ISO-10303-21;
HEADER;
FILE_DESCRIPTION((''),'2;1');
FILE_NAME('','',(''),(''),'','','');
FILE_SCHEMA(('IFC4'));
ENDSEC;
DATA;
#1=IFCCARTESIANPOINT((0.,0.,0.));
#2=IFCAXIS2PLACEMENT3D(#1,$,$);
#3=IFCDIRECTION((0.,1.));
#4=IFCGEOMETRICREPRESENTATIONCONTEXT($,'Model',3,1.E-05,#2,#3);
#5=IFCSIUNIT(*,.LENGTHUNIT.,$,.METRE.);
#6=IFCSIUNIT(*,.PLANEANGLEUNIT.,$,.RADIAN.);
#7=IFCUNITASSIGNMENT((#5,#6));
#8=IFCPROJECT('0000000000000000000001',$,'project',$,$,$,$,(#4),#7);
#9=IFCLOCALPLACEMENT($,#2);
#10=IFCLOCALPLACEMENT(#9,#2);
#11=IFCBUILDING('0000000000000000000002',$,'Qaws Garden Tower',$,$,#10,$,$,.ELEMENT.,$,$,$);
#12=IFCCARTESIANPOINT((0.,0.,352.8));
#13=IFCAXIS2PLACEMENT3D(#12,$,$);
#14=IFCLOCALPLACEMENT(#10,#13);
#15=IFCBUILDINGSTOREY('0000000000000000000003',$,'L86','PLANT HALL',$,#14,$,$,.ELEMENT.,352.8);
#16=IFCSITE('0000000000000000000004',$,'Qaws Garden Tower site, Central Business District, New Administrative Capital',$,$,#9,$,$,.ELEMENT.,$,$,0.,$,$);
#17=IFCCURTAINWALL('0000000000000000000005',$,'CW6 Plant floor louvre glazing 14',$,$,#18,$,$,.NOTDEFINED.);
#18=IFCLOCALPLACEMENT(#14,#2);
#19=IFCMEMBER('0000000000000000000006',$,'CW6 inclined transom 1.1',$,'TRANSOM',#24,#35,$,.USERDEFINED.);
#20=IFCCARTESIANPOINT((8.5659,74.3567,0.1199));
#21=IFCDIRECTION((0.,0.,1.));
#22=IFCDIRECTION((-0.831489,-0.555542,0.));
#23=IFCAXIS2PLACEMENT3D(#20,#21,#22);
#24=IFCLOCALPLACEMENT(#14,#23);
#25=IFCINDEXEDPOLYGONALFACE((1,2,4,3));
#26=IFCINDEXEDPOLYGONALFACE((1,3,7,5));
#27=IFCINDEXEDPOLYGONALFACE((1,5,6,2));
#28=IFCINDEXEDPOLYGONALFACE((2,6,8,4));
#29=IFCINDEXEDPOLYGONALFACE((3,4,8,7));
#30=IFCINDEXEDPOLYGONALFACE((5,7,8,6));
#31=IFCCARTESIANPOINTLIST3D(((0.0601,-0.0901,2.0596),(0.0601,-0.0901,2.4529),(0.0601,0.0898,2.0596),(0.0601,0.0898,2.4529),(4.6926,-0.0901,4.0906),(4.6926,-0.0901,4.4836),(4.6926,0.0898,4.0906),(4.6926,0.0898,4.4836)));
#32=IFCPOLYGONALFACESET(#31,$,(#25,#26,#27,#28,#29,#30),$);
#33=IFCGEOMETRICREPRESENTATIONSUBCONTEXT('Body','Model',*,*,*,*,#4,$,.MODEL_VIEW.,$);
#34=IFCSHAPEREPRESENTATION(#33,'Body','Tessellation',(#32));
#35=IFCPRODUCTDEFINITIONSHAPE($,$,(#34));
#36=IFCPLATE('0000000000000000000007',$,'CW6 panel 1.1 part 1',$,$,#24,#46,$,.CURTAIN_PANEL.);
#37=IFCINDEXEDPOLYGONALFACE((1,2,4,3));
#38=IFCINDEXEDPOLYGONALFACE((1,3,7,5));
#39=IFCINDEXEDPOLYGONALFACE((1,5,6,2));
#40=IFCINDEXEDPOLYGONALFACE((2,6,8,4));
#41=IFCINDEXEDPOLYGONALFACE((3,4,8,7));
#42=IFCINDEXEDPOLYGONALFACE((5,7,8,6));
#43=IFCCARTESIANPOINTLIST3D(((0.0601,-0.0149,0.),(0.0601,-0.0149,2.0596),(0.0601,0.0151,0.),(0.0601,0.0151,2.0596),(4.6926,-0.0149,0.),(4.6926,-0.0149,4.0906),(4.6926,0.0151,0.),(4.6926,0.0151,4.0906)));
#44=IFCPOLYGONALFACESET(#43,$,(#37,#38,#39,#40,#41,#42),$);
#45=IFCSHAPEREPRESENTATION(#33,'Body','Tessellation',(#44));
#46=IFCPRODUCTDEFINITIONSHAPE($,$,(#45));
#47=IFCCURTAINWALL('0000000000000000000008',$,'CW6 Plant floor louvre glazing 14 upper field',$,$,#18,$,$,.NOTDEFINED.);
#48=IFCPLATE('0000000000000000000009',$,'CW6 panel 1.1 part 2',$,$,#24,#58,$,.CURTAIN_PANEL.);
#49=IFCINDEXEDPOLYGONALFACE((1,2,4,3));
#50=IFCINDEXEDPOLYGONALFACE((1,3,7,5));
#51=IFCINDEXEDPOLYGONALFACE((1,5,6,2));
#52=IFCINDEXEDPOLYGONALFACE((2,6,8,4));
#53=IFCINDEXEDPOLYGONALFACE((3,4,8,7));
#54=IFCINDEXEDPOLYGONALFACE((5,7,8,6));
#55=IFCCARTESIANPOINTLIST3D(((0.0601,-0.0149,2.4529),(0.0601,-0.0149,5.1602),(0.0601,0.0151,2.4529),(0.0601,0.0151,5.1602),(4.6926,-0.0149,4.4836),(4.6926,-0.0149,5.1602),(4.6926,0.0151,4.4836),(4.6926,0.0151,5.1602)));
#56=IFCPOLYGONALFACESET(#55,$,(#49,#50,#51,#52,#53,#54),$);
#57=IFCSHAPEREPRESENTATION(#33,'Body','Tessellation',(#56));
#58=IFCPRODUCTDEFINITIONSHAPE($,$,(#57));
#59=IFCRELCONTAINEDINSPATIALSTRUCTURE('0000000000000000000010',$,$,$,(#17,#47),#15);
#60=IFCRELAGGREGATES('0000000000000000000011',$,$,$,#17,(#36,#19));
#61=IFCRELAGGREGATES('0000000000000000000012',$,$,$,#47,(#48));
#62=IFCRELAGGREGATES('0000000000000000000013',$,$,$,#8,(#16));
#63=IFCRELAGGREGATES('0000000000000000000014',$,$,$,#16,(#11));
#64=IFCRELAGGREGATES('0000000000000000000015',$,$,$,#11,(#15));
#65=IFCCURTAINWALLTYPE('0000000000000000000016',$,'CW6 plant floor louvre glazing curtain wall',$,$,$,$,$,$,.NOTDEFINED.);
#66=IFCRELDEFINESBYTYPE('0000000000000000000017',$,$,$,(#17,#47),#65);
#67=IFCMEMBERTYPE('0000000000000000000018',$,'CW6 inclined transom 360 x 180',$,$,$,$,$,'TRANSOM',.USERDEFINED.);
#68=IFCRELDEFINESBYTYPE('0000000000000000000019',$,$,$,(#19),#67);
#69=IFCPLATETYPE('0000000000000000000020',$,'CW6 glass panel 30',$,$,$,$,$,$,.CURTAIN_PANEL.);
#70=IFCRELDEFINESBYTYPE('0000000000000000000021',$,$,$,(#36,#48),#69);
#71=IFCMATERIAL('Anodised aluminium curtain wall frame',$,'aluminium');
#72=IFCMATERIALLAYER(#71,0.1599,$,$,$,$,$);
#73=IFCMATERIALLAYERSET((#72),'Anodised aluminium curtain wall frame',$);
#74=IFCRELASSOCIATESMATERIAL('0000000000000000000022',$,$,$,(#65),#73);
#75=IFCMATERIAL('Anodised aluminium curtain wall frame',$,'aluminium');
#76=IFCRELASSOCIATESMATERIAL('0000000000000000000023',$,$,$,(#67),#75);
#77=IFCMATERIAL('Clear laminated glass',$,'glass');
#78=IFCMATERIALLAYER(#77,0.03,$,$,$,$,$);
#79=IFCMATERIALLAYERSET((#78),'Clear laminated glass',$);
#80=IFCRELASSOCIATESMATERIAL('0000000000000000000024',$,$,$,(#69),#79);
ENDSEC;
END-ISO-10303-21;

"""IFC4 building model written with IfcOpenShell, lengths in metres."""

from ifc_helpers import new_model, si_unit, direction, frame, origin, origin_2d, place, context, subcontext, project, spatial, polyline, rectangle, outline, extrude, material, layer, layer_set, material_profile, profile_set, type_object, element, aggregate, save


model = new_model("IFC4")

# Units and contexts
model_context = context("Model", 3, precision=1e-05, world=origin(), true_north=direction((0.0, 1.0)))
body_context = subcontext(model_context, "Body", "Model", "MODEL_VIEW")
ifc_project = project(units=[si_unit("LENGTHUNIT", "METRE"), si_unit("PLANEANGLEUNIT", "RADIAN")], contexts=[model_context])

# Site, building, storey
site_placement = place(None, origin())
site = spatial("IfcSite", under=ifc_project, at=site_placement, Name="Qaws Garden Tower site, Central Business District, New Administrative Capital", CompositionType="ELEMENT", RefElevation=0.0)
building_placement = place(site_placement, origin())
building = spatial("IfcBuilding", under=site, at=building_placement, Name="Qaws Garden Tower", CompositionType="ELEMENT")
storey_placement = place(building_placement, frame((0.0, 0.0, 352.8)))
storey = spatial("IfcBuildingStorey", under=building, at=storey_placement, Name="L86", Description="PLANT HALL", CompositionType="ELEMENT", Elevation=352.8)

# Curtain wall, member
ifc_material_1 = material(Name="Anodised aluminium curtain wall frame", Category="aluminium")
ifc_layer_1 = layer(ifc_material_1, 0.1599)
ifc_layer_set_1 = layer_set([ifc_layer_1], Name="Anodised aluminium curtain wall frame")
curtain_wall_type = type_object("IfcCurtainWallType", Name="CW6 plant floor louvre glazing curtain wall", PredefinedType="NOTDEFINED", material=ifc_layer_set_1)
placement_1 = place(storey_placement, origin())
curtain_wall_1 = element("IfcCurtainWall", 1, at=placement_1, inside=storey, type_object=curtain_wall_type, Name="CW6 Plant floor louvre glazing 14", PredefinedType="NOTDEFINED")
ifc_material_2 = material(Name="Anodised aluminium curtain wall frame", Category="aluminium")
ifc_material_profile_1 = material_profile(ifc_material_2, rectangle(XDim=0.1799, YDim=0.3601, at=origin_2d()), Name="AL 180x360")
ifc_profile_set_1 = profile_set([ifc_material_profile_1], Name="Anodised aluminium curtain wall frame")
member_type_1 = type_object("IfcMemberType", Name="CW6 inclined transom 360 x 180", ElementType="TRANSOM", PredefinedType="USERDEFINED", material=ifc_profile_set_1)
placement_2 = place(storey_placement, frame((8.5659, 74.3567, 0.1199), z_axis=(0.0, 0.0, 1.0), x_axis=(-0.831489, -0.555542, 0.0)))
member_1 = element("IfcMember", 2, at=placement_2, type_object=member_type_1, Name="CW6 inclined transom 1.1", ObjectType="TRANSOM", PredefinedType="USERDEFINED", context=body_context, shape_type="SweptSolid", body=[
    extrude(outline(polyline([(0.0601, 2.0596), (4.6926, 4.0906), (4.6926, 4.4836), (0.0601, 2.4529), (0.0601, 2.0596)])), frame((0.0, 0.0898, 0.0), z_axis=(0.0, -1.0, 0.0), x_axis=(1.0, 0.0, 0.0)), (0.0, 0.0, 1.0), 0.1799),
])

# Plate
ifc_material_3 = material(Name="Clear laminated glass", Category="glass")
ifc_layer_2 = layer(ifc_material_3, 0.03)
ifc_layer_set_2 = layer_set([ifc_layer_2], Name="Clear laminated glass")
plate_type = type_object("IfcPlateType", Name="CW6 glass panel 30", PredefinedType="CURTAIN_PANEL", material=ifc_layer_set_2)
plate_1 = element("IfcPlate", 3, at=placement_2, type_object=plate_type, Name="CW6 panel 1.1 part 1", PredefinedType="CURTAIN_PANEL", context=body_context, shape_type="SweptSolid", body=[
    extrude(outline(polyline([(4.6926, 0.0), (4.6926, 4.0906), (0.0601, 2.0596), (0.0601, 0.0), (4.6926, 0.0)])), frame((0.0, 0.0151, 0.0), z_axis=(0.0, -1.0, 0.0), x_axis=(1.0, 0.0, 0.0)), (0.0, 0.0, 1.0), 0.03),
])
aggregate(curtain_wall_1, [plate_1, member_1])

# Curtain wall, plate
curtain_wall_2 = element("IfcCurtainWall", 4, at=placement_1, inside=storey, type_object=curtain_wall_type, Name="CW6 Plant floor louvre glazing 14 upper field", PredefinedType="NOTDEFINED")
plate_2 = element("IfcPlate", 5, at=placement_2, type_object=plate_type, Name="CW6 panel 1.1 part 2", PredefinedType="CURTAIN_PANEL", context=body_context, shape_type="SweptSolid", body=[
    extrude(outline(polyline([(0.0601, 5.1602), (0.0601, 2.4529), (4.6926, 4.4836), (4.6926, 5.1602), (0.0601, 5.1602)])), frame((0.0, 0.0151, 0.0), z_axis=(0.0, -1.0, 0.0), x_axis=(1.0, 0.0, 0.0)), (0.0, 0.0, 1.0), 0.03),
])
aggregate(curtain_wall_2, [plate_2])

save(model, "model.ifc")
